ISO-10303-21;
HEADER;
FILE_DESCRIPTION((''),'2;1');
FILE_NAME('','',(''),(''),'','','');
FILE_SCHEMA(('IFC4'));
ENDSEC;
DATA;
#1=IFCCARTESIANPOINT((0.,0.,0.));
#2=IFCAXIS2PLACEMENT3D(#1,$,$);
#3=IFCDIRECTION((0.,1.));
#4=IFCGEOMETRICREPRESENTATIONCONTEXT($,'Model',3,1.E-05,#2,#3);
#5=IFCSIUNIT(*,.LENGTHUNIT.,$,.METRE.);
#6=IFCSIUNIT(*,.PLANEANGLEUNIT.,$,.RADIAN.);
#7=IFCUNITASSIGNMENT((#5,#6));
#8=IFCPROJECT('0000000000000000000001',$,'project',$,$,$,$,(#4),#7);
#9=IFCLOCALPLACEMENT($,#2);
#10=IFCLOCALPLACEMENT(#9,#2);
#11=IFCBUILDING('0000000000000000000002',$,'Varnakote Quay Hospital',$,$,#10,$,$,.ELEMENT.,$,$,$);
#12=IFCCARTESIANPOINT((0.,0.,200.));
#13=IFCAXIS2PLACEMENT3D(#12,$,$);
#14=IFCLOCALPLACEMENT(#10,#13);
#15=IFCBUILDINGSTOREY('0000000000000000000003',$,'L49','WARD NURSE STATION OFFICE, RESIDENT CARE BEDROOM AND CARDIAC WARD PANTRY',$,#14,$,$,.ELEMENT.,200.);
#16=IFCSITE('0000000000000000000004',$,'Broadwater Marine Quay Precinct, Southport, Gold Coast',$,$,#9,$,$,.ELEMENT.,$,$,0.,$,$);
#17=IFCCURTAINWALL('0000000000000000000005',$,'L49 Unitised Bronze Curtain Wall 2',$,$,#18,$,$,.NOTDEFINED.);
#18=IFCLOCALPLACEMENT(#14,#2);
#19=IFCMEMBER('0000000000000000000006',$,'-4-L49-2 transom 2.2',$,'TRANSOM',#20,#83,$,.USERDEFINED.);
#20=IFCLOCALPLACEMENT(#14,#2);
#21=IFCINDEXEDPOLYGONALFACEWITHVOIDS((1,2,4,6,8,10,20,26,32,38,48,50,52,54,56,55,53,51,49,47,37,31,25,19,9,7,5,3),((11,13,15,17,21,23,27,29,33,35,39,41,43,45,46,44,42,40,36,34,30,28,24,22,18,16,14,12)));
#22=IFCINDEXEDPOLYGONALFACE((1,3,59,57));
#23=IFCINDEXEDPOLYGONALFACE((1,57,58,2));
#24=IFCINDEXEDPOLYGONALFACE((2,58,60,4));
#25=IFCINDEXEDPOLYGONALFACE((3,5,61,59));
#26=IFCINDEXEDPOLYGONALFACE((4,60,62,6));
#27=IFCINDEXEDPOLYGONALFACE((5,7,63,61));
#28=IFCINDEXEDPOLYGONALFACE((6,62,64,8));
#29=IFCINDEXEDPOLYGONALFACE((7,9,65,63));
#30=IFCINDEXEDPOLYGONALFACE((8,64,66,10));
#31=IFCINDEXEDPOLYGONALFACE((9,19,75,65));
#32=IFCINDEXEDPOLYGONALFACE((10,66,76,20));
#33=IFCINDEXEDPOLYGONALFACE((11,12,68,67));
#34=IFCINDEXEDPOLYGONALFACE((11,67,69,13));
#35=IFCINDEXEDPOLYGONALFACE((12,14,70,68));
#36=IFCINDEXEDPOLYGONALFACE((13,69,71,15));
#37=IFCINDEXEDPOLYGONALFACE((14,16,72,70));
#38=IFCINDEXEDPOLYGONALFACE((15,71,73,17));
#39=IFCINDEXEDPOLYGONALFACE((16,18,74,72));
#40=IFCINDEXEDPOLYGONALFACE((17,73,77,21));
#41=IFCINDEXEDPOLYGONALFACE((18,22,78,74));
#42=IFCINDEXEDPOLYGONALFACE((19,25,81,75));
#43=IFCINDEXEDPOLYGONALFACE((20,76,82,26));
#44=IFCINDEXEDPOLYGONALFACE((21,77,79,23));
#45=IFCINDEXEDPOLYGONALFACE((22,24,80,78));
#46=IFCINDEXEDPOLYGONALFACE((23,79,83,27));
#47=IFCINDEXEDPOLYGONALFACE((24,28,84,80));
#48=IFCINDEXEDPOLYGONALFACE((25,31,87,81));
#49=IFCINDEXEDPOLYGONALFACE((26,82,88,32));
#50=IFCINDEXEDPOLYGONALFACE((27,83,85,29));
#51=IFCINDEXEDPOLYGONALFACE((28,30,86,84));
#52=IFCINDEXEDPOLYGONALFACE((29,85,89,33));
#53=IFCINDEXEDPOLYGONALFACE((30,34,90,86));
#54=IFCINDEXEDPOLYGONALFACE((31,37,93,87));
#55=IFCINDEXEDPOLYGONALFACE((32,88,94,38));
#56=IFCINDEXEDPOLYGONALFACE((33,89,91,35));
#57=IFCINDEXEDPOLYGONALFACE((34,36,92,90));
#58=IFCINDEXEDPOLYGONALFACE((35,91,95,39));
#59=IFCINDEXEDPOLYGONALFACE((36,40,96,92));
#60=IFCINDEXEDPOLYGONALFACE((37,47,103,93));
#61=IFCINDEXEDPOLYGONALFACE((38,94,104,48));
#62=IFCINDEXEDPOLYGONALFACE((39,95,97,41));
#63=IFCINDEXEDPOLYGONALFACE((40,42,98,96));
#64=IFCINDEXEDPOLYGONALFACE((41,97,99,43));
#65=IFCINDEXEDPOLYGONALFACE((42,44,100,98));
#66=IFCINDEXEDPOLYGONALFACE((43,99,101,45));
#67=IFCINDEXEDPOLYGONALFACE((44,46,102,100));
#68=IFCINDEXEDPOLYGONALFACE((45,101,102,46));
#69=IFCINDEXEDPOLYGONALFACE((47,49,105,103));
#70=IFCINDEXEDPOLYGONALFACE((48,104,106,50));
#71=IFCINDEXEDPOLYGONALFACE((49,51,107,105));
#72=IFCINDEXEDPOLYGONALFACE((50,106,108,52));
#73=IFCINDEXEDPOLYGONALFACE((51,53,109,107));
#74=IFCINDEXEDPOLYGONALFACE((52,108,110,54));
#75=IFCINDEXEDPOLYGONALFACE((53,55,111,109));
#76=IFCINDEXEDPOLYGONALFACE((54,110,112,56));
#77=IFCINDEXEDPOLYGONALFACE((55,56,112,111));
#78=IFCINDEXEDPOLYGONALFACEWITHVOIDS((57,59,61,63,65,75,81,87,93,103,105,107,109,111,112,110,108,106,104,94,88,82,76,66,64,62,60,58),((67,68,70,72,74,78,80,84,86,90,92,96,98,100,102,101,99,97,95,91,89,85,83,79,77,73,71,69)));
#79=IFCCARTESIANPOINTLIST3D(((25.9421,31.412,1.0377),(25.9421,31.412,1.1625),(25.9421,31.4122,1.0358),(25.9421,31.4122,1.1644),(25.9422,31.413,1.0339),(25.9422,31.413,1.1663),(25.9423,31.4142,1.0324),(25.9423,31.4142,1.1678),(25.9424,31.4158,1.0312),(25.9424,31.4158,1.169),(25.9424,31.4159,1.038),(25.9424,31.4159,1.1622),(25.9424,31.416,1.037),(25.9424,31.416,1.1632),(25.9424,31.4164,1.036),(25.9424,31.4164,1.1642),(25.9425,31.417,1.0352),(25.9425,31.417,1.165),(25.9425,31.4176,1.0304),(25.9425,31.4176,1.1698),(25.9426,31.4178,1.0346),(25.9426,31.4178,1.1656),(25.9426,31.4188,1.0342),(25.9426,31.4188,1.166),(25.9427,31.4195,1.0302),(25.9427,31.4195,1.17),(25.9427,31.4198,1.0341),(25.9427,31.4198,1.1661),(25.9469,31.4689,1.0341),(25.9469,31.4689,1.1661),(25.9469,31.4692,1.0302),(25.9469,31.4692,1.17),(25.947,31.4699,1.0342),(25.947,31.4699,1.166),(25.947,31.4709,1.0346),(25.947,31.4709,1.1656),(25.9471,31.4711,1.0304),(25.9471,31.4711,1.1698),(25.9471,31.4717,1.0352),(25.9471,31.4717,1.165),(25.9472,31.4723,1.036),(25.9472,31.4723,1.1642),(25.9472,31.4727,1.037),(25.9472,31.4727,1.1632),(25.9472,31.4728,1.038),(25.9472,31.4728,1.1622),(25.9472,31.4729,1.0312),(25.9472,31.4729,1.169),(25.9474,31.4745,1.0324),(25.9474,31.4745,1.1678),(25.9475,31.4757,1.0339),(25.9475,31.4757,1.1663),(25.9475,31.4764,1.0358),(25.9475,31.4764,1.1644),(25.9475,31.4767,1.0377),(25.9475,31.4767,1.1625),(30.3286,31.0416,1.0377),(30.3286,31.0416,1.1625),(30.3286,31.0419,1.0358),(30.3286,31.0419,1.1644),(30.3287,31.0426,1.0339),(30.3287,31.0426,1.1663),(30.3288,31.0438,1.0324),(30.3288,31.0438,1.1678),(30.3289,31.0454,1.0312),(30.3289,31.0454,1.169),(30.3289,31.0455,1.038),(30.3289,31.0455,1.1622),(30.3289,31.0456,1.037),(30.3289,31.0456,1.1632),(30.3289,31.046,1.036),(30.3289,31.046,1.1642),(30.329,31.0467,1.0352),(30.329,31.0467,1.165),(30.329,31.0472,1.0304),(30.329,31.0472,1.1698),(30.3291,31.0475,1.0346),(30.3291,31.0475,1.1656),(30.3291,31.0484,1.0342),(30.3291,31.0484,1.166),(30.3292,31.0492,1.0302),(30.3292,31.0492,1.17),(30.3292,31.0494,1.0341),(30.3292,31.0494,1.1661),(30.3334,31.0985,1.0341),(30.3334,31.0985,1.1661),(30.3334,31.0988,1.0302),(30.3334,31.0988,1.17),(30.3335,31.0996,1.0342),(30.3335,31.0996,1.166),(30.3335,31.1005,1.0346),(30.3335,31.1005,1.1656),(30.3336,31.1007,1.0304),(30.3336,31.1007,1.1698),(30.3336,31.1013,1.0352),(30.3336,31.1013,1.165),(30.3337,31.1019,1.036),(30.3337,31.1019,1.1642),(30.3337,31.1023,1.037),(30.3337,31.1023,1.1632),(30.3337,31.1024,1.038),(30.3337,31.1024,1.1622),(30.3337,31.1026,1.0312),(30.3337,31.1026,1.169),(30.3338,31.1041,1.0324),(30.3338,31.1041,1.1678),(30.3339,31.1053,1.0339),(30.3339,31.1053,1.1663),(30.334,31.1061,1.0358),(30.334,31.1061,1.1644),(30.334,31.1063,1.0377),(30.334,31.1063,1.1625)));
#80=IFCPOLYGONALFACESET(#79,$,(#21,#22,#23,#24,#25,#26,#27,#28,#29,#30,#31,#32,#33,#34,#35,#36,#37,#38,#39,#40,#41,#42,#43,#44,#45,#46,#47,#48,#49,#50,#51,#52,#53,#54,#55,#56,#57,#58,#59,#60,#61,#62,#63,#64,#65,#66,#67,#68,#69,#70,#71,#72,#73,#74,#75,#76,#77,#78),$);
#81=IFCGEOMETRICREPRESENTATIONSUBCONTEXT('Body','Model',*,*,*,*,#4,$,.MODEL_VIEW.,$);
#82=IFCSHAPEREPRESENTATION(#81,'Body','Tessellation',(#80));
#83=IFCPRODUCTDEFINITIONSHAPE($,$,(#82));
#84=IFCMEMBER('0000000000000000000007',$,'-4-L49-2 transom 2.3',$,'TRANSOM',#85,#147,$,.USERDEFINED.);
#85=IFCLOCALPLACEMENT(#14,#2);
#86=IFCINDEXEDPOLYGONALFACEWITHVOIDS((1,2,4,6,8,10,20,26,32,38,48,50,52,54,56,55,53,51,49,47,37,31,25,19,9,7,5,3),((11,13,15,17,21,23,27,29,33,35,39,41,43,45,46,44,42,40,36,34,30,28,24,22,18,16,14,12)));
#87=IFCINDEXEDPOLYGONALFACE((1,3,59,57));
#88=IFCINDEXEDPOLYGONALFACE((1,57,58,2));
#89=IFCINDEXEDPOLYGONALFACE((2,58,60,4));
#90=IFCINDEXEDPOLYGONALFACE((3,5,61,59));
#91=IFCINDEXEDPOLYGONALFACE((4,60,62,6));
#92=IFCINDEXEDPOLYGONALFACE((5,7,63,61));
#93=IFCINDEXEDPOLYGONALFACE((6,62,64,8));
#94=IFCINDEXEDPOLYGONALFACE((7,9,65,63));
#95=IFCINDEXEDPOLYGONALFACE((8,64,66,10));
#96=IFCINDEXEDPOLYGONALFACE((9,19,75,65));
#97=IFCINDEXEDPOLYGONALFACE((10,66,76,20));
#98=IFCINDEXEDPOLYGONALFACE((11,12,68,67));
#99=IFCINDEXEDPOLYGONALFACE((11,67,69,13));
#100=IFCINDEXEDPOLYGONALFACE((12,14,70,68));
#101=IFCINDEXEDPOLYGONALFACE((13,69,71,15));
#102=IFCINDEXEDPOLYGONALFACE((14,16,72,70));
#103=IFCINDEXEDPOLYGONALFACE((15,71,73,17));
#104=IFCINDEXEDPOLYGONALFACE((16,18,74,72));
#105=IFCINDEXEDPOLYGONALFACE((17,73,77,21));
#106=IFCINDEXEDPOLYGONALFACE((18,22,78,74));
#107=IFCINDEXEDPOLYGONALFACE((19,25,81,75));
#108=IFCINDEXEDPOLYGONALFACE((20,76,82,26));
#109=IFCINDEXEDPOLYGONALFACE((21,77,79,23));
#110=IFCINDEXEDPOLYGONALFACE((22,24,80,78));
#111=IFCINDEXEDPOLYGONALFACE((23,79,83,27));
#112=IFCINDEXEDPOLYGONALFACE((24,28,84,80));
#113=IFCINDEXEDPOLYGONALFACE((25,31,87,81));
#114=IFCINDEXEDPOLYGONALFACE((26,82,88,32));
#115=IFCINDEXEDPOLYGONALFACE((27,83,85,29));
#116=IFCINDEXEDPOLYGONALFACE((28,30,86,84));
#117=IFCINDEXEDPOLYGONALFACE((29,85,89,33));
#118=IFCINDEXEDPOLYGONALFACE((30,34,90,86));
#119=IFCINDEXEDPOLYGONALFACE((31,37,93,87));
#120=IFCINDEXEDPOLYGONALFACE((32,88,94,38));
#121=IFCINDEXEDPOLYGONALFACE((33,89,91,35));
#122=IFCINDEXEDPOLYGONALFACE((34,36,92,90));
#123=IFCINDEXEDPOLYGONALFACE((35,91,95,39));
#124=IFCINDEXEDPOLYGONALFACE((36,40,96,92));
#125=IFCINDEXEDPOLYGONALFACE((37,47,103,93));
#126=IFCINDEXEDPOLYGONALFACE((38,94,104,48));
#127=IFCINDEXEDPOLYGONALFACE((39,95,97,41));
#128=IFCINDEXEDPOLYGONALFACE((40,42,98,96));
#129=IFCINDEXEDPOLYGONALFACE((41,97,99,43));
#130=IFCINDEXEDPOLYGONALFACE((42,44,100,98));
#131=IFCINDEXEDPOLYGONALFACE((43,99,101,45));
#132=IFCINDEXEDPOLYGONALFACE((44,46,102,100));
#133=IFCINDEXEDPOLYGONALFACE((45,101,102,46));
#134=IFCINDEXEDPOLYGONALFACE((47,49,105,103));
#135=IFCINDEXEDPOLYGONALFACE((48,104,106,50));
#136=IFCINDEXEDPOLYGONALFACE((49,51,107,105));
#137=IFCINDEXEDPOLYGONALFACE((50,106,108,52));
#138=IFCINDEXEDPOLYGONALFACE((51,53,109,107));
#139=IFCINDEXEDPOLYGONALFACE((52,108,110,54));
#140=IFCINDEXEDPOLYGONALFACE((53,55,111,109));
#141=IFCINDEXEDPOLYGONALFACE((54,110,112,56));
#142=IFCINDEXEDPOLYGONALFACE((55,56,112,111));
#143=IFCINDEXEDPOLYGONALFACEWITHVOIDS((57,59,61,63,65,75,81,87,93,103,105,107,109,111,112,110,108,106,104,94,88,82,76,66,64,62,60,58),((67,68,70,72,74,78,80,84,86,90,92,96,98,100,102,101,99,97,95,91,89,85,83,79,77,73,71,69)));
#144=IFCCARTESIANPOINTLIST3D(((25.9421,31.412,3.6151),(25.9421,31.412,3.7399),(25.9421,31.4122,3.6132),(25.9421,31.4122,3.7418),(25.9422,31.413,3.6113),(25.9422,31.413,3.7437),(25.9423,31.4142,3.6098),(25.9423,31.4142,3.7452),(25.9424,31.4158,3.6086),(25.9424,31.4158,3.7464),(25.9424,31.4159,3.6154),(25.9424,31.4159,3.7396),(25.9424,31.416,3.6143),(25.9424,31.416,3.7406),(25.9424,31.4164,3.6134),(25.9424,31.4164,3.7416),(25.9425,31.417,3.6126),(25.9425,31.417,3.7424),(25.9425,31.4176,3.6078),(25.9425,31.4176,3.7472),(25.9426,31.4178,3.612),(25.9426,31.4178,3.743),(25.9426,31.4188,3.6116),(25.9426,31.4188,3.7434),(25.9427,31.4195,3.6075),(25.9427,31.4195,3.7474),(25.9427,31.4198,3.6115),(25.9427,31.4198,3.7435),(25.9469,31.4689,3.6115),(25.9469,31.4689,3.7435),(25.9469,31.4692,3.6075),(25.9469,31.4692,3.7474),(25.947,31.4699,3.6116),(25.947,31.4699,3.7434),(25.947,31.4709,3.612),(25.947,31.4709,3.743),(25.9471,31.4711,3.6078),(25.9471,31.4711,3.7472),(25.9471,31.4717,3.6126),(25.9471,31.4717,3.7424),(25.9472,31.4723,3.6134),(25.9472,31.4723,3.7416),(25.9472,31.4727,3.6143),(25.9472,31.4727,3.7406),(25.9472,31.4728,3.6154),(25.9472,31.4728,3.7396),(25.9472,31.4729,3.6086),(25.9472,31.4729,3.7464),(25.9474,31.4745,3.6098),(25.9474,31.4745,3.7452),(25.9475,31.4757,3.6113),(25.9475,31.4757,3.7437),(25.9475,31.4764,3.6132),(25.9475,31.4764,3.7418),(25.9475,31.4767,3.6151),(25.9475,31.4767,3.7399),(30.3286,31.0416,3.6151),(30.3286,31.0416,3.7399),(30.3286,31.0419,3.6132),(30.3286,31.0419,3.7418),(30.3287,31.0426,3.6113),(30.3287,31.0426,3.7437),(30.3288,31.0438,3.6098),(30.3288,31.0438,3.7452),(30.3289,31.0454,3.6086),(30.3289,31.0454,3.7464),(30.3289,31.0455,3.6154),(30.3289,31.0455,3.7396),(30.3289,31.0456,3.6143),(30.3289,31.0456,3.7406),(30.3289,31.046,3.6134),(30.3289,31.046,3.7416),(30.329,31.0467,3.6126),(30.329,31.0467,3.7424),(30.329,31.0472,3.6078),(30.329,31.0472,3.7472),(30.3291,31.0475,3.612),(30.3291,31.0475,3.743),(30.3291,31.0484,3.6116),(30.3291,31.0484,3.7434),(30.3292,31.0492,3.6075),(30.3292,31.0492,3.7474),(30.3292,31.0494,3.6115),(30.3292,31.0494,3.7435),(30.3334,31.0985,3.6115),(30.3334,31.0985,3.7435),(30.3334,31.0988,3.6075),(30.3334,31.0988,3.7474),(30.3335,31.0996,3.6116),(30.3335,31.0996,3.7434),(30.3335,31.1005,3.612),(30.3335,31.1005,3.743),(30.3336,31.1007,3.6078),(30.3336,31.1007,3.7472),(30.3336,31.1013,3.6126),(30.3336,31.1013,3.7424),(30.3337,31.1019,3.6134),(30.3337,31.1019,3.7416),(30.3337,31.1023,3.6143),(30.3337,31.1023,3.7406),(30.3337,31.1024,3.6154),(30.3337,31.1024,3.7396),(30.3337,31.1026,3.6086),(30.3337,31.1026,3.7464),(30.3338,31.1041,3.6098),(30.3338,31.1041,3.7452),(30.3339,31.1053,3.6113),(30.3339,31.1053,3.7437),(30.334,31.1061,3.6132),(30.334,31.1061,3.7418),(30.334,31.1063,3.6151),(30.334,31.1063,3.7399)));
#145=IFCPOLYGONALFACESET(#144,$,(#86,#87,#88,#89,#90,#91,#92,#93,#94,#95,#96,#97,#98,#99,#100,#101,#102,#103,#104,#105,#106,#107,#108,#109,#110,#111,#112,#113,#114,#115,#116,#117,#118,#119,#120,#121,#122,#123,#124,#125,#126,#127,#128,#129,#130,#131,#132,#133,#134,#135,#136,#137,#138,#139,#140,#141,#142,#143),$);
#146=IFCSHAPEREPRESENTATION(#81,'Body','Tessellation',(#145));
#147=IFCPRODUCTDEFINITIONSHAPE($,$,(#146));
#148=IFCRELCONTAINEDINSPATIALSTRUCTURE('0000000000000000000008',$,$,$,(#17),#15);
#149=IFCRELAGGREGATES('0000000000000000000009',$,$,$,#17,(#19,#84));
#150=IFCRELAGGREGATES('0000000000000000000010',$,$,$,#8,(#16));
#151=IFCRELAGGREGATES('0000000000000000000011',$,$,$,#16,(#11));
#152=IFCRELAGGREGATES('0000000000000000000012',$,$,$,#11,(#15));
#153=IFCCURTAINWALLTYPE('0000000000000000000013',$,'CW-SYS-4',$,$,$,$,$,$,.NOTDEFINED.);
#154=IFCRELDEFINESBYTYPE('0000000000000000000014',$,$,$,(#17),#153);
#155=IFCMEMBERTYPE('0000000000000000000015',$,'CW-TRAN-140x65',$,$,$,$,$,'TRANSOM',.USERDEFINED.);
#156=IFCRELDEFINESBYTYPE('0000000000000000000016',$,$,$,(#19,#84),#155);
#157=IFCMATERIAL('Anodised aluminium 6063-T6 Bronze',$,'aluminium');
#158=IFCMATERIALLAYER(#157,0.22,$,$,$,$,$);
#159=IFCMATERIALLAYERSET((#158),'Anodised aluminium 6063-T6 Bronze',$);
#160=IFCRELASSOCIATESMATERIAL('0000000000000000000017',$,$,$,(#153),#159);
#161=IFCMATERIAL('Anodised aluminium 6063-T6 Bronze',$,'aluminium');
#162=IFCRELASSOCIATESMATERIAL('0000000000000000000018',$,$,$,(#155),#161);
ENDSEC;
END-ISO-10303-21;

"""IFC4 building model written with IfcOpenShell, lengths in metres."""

from ifc_helpers import new_model, si_unit, direction, frame, origin, origin_2d, place, context, subcontext, project, spatial, hollow_rectangle, extrude, material, layer, layer_set, material_profile, profile_set, type_object, element, aggregate, save


model = new_model("IFC4")

# Units and contexts
model_context = context("Model", 3, precision=1e-05, world=origin(), true_north=direction((0.0, 1.0)))
body_context = subcontext(model_context, "Body", "Model", "MODEL_VIEW")
ifc_project = project(units=[si_unit("LENGTHUNIT", "METRE"), si_unit("PLANEANGLEUNIT", "RADIAN")], contexts=[model_context])

# Site, building, storey
site_placement = place(None, origin())
site = spatial("IfcSite", under=ifc_project, at=site_placement, Name="Broadwater Marine Quay Precinct, Southport, Gold Coast", CompositionType="ELEMENT", RefElevation=0.0)
building_placement = place(site_placement, origin())
building = spatial("IfcBuilding", under=site, at=building_placement, Name="Varnakote Quay Hospital", CompositionType="ELEMENT")
storey_placement = place(building_placement, frame((0.0, 0.0, 200.0)))
storey = spatial("IfcBuildingStorey", under=building, at=storey_placement, Name="L49", Description="WARD NURSE STATION OFFICE, RESIDENT CARE BEDROOM AND CARDIAC WARD PANTRY", CompositionType="ELEMENT", Elevation=200.0)

# Curtain wall, members
ifc_material_1 = material(Name="Anodised aluminium 6063-T6 Bronze", Category="aluminium")
ifc_layer_1 = layer(ifc_material_1, 0.22)
ifc_layer_set_1 = layer_set([ifc_layer_1], Name="Anodised aluminium 6063-T6 Bronze")
curtain_wall_type = type_object("IfcCurtainWallType", Name="CW-SYS-4", PredefinedType="NOTDEFINED", material=ifc_layer_set_1)
curtain_wall_placement = place(storey_placement, origin())
curtain_wall = element("IfcCurtainWall", 1, at=curtain_wall_placement, inside=storey, type_object=curtain_wall_type, Name="L49 Unitised Bronze Curtain Wall 2", PredefinedType="NOTDEFINED")
ifc_material_2 = material(Name="Anodised aluminium 6063-T6 Bronze", Category="aluminium")
ifc_material_profile_1 = material_profile(ifc_material_2, hollow_rectangle(XDim=0.0649, YDim=0.1399, WallThickness=0.0039, InnerFilletRadius=0.0039, OuterFilletRadius=0.0076, at=origin_2d()), Name="CW-TRAN-140x65")
ifc_profile_set_1 = profile_set([ifc_material_profile_1], Name="Anodised aluminium 6063-T6 Bronze")
member_type_1 = type_object("IfcMemberType", Name="CW-TRAN-140x65", ElementType="TRANSOM", PredefinedType="USERDEFINED", material=ifc_profile_set_1)
member_1_placement = place(storey_placement, frame((30.3313, 31.074, 1.1001), z_axis=(-0.996455, 0.084133, 0.0), x_axis=(-0.084133, -0.996455, 0.0)))
member_1 = element("IfcMember", 2, at=member_1_placement, type_object=member_type_1, Name="-4-L49-2 transom 2.2", ObjectType="TRANSOM", PredefinedType="USERDEFINED", context=body_context, shape_type="SweptSolid", body=[
    extrude(hollow_rectangle(XDim=0.0649, YDim=0.1399, WallThickness=0.0039, InnerFilletRadius=0.0039, OuterFilletRadius=0.0076, at=origin_2d()), origin(), (0.0, 0.0, 1.0), 4.4021),
])
member_2_placement = place(storey_placement, frame((30.3313, 31.074, 3.6775), z_axis=(-0.996455, 0.084133, 0.0), x_axis=(-0.084133, -0.996455, 0.0)))
member_2 = element("IfcMember", 3, at=member_2_placement, type_object=member_type_1, Name="-4-L49-2 transom 2.3", ObjectType="TRANSOM", PredefinedType="USERDEFINED", context=body_context, shape_type="SweptSolid", body=[
    extrude(hollow_rectangle(XDim=0.0649, YDim=0.1399, WallThickness=0.0039, InnerFilletRadius=0.0039, OuterFilletRadius=0.0076, at=origin_2d()), origin(), (0.0, 0.0, 1.0), 4.4021),
])

aggregate(curtain_wall, [member_1, member_2])

save(model, "model.ifc")
